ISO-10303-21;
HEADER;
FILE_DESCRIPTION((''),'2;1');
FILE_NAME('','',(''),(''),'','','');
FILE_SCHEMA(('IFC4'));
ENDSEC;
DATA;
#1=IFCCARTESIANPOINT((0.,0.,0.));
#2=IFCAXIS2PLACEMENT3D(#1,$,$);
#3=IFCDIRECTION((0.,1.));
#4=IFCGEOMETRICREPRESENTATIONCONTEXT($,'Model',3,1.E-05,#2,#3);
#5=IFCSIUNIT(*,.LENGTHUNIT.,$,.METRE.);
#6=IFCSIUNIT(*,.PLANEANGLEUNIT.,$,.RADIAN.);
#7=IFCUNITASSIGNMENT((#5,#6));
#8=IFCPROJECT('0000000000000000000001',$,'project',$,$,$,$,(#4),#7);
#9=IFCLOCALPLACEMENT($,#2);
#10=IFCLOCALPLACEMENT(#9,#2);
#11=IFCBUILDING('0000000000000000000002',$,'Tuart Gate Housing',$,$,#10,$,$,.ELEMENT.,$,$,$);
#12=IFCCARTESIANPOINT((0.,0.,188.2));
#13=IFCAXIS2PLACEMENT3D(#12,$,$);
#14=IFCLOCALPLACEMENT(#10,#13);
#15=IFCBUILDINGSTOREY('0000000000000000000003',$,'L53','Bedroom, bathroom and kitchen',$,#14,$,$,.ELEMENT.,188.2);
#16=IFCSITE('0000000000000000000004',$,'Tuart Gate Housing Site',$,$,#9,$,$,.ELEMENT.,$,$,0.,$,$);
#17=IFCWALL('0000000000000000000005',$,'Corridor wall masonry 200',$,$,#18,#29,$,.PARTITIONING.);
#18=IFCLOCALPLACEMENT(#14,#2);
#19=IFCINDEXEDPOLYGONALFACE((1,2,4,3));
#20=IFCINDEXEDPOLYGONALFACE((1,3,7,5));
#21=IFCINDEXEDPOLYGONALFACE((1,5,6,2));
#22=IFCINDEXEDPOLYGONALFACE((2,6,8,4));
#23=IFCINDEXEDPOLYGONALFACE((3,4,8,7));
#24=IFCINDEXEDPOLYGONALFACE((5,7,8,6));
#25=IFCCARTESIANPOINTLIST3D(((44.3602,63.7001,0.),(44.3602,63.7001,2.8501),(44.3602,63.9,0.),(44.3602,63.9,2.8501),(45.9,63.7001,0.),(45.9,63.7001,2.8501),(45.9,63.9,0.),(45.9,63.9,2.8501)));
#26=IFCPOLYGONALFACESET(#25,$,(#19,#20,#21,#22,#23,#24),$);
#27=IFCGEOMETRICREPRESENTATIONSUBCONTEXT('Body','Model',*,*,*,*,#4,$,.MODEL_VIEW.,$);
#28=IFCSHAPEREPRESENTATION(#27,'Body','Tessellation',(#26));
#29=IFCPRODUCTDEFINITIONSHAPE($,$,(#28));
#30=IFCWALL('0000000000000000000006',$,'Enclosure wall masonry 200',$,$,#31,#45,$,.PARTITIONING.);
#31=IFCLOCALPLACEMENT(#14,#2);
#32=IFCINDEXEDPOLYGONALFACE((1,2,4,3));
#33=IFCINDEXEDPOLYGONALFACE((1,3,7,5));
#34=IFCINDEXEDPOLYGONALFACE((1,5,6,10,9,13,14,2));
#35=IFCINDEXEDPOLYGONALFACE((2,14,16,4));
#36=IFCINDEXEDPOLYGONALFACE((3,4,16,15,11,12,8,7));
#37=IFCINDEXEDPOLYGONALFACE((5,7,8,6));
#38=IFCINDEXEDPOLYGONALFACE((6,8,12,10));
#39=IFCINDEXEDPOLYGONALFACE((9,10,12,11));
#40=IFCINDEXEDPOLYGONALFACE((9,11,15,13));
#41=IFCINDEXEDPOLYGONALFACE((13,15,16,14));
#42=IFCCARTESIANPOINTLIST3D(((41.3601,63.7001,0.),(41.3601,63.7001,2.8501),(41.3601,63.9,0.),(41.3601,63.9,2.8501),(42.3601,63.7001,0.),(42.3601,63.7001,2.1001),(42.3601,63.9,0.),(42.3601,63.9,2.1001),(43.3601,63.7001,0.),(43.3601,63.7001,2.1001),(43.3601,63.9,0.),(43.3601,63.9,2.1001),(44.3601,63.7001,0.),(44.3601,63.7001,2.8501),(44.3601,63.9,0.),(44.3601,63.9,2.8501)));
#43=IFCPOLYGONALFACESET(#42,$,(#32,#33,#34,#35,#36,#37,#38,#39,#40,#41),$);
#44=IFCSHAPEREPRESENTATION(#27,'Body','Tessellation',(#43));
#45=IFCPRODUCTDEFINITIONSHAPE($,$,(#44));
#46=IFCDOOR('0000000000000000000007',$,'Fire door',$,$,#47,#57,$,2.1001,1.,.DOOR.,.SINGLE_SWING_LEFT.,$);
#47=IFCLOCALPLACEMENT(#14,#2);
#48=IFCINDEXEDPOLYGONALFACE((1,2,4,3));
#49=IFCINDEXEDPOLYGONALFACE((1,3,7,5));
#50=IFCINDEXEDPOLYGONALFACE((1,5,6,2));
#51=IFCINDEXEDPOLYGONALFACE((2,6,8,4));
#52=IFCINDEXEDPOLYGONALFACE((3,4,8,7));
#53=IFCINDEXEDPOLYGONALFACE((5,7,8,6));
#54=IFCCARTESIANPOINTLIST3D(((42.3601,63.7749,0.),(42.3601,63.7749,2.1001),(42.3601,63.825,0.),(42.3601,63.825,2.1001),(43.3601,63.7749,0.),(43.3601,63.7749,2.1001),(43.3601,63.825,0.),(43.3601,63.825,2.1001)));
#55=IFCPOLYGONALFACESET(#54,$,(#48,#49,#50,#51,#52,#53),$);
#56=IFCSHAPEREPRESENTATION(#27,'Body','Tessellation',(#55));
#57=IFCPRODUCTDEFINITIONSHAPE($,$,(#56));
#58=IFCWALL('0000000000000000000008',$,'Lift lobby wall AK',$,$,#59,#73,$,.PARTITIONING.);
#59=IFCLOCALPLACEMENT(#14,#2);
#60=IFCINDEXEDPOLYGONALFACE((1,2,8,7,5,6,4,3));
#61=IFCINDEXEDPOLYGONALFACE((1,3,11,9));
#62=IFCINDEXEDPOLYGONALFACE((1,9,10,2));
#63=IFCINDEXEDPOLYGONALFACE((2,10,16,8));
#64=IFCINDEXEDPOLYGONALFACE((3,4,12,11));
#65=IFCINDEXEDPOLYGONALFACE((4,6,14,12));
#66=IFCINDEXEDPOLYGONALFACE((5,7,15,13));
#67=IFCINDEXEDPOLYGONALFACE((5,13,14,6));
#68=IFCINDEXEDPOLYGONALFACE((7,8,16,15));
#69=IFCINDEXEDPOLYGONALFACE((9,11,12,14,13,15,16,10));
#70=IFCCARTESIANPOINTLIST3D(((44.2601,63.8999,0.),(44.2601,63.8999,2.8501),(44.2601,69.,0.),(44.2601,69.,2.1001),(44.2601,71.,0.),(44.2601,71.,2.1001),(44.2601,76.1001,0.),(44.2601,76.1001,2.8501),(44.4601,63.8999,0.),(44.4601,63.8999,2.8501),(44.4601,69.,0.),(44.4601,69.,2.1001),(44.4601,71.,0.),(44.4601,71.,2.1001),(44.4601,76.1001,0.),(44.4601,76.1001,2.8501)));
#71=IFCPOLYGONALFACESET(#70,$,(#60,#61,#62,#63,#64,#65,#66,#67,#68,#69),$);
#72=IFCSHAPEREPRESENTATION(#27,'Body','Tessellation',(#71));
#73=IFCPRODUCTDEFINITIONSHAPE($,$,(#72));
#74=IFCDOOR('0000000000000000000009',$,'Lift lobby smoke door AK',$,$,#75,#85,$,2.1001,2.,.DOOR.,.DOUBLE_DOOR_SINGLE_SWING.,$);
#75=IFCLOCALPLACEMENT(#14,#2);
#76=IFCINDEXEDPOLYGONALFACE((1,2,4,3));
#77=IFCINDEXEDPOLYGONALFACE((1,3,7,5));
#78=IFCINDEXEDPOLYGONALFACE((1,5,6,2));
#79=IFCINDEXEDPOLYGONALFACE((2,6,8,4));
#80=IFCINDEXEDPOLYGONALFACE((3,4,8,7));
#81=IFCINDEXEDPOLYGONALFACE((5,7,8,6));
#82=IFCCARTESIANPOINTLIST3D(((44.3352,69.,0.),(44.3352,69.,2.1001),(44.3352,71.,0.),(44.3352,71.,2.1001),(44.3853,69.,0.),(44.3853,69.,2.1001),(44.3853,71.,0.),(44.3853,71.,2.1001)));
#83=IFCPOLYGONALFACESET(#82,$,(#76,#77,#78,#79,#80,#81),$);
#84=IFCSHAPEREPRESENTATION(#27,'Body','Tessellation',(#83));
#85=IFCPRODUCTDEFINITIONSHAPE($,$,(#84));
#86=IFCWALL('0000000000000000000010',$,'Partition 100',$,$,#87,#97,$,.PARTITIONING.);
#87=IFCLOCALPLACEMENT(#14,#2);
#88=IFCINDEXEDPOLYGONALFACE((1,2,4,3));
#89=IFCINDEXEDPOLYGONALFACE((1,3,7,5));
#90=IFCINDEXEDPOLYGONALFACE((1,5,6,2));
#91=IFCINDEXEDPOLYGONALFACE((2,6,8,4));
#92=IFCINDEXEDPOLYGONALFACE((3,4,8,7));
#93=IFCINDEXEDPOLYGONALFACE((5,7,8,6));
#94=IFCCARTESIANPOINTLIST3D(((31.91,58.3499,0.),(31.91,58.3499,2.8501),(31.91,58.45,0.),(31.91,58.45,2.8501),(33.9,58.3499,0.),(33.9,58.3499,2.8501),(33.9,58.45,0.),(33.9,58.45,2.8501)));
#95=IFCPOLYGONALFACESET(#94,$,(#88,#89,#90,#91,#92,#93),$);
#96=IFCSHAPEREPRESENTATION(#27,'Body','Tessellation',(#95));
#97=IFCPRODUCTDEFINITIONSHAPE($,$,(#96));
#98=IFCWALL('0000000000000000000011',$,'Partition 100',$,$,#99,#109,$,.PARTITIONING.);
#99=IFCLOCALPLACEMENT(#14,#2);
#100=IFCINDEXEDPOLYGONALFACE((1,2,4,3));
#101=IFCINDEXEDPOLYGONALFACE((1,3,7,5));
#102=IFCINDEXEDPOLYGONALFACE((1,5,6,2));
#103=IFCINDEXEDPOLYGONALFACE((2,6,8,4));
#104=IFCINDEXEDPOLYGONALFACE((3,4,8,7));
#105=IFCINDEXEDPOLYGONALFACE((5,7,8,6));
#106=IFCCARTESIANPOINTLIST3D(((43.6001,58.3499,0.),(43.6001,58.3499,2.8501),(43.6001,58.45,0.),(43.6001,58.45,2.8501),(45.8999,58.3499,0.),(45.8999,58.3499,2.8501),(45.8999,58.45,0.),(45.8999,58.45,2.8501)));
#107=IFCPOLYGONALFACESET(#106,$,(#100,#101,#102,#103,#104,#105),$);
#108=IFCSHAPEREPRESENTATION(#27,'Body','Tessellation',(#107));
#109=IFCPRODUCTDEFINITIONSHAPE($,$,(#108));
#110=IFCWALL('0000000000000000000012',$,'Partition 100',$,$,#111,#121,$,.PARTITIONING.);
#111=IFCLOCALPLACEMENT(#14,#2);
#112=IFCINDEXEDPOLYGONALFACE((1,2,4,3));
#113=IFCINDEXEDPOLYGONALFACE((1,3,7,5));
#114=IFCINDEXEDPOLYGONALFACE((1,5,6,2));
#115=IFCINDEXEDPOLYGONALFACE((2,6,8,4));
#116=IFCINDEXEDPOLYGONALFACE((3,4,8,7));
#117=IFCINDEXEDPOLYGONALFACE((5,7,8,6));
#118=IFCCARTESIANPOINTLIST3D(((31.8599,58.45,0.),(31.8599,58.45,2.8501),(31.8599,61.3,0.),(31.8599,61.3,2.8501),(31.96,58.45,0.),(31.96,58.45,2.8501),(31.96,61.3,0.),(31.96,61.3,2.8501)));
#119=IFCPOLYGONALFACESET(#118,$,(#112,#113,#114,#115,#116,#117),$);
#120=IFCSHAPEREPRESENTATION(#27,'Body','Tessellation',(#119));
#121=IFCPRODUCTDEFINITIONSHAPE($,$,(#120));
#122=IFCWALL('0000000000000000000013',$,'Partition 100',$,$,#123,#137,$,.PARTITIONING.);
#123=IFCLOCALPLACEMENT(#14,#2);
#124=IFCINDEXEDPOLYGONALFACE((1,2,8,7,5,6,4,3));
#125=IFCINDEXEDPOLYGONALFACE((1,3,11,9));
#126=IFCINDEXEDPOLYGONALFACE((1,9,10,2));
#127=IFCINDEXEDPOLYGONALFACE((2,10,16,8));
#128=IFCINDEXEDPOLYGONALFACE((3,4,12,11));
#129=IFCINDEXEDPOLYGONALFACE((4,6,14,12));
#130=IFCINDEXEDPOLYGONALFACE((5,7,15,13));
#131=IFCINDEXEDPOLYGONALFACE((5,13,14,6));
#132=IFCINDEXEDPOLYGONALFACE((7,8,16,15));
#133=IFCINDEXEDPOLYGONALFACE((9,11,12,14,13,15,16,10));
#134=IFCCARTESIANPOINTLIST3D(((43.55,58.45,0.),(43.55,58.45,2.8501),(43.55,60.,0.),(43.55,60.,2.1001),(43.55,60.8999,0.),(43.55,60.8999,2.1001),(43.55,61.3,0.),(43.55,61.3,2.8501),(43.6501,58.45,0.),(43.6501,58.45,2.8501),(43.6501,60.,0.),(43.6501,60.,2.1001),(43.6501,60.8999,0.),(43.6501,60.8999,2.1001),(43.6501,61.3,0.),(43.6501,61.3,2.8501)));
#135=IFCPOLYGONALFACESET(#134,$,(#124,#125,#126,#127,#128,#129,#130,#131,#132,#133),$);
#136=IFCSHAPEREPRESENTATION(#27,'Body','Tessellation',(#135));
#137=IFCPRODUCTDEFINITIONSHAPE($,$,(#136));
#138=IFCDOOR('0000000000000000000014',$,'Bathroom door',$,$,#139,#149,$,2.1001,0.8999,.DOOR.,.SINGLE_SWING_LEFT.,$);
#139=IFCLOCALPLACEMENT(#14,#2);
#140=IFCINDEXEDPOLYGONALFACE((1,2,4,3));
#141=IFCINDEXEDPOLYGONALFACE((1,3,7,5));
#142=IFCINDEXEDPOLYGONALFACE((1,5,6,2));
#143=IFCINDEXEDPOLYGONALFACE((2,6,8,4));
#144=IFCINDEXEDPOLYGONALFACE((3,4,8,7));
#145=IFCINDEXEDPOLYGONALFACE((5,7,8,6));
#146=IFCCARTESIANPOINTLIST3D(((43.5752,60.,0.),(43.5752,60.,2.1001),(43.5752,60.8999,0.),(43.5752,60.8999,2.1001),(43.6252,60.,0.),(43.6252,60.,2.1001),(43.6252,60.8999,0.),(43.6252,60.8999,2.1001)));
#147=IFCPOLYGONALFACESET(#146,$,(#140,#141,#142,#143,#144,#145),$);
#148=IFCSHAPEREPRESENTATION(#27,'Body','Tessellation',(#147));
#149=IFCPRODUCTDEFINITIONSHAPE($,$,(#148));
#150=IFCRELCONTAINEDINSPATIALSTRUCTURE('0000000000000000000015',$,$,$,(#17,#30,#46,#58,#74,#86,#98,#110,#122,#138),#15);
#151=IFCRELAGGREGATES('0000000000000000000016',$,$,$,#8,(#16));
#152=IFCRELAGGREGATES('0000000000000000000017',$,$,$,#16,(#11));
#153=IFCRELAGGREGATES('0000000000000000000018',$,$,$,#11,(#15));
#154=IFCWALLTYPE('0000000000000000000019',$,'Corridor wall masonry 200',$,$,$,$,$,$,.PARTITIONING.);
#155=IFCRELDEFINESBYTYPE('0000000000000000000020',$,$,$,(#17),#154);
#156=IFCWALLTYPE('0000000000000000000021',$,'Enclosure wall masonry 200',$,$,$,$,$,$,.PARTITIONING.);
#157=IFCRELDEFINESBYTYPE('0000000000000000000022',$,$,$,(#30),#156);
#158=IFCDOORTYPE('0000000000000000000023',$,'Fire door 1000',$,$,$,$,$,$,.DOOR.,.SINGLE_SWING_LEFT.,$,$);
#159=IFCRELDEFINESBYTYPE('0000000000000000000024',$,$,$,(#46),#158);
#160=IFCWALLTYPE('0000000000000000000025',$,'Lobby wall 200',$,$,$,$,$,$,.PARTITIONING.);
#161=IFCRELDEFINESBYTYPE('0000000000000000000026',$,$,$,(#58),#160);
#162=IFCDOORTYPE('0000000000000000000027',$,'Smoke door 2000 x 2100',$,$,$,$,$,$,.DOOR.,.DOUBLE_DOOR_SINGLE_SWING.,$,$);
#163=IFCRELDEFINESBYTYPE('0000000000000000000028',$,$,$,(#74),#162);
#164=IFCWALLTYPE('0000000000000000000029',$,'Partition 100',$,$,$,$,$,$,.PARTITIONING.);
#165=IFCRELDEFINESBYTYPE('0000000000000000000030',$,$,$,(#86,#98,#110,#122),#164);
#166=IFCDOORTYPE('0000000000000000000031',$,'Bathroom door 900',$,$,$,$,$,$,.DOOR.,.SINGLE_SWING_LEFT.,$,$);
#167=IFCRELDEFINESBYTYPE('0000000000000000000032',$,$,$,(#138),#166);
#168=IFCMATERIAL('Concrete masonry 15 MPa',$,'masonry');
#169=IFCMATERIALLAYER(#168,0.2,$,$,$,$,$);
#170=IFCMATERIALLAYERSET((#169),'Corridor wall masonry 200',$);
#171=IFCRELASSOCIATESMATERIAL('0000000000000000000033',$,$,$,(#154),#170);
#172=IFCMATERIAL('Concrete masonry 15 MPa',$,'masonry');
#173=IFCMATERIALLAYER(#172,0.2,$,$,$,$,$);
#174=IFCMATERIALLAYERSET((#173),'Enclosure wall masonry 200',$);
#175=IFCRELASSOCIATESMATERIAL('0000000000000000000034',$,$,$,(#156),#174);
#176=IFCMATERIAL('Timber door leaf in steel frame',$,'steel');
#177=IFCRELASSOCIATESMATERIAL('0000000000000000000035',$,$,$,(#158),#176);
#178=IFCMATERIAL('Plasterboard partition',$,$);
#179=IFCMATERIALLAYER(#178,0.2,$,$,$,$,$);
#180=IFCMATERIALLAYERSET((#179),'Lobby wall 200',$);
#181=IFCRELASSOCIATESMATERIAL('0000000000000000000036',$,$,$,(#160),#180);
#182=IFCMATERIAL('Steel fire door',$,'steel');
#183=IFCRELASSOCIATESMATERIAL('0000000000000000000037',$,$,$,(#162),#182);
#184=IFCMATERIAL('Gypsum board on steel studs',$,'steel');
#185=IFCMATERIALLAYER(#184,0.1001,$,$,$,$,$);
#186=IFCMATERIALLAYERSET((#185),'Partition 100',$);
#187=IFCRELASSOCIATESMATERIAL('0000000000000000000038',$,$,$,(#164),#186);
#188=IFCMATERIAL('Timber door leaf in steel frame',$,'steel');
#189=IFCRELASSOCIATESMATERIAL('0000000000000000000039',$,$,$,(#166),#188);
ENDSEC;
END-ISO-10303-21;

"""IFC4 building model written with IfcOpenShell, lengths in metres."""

from ifc_helpers import new_model, si_unit, direction, frame, frame_2d, origin, place, context, subcontext, project, spatial, rectangle, extrude, material, layer, layer_set, type_object, element, fill, save


model = new_model("IFC4")

# Units and contexts
model_context = context("Model", 3, precision=1e-05, world=origin(), true_north=direction((0.0, 1.0)))
body_context = subcontext(model_context, "Body", "Model", "MODEL_VIEW")
ifc_project = project(units=[si_unit("LENGTHUNIT", "METRE"), si_unit("PLANEANGLEUNIT", "RADIAN")], contexts=[model_context])

# Site, building, storey
site_placement = place(None, origin())
site = spatial("IfcSite", under=ifc_project, at=site_placement, Name="Tuart Gate Housing Site", CompositionType="ELEMENT", RefElevation=0.0)
building_placement = place(site_placement, origin())
building = spatial("IfcBuilding", under=site, at=building_placement, Name="Tuart Gate Housing", CompositionType="ELEMENT")
storey_placement = place(building_placement, frame((0.0, 0.0, 188.2)))
storey = spatial("IfcBuildingStorey", under=building, at=storey_placement, Name="L53", Description="Bedroom, bathroom and kitchen", CompositionType="ELEMENT", Elevation=188.2)

# Shared definitions
ifc_material_1 = material(Name="Concrete masonry 15 MPa", Category="masonry")
ifc_layer_1 = layer(ifc_material_1, 0.2)
ifc_layer_set_1 = layer_set([ifc_layer_1], Name="Corridor wall masonry 200")
wall_type_1 = type_object("IfcWallType", Name="Corridor wall masonry 200", PredefinedType="PARTITIONING", material=ifc_layer_set_1)

# Wall
wall_1_placement = place(storey_placement, frame((44.3601, 63.8, 0.0), z_axis=(0.0, 0.0, 1.0), x_axis=(1.0, 0.0, 0.0)))
element("IfcWall", 1, at=wall_1_placement, inside=storey, type_object=wall_type_1, Name="Corridor wall masonry 200", PredefinedType="PARTITIONING", context=body_context, shape_type="SweptSolid", body=[
    extrude(rectangle(XDim=1.5398, YDim=0.2, at=frame_2d((0.77, 0.0))), origin(), (0.0, 0.0, 1.0), 2.8501),
])

# Walls, openings, doors
ifc_material_2 = material(Name="Concrete masonry 15 MPa", Category="masonry")
ifc_layer_2 = layer(ifc_material_2, 0.2)
ifc_layer_set_2 = layer_set([ifc_layer_2], Name="Enclosure wall masonry 200")
wall_type_2 = type_object("IfcWallType", Name="Enclosure wall masonry 200", PredefinedType="PARTITIONING", material=ifc_layer_set_2)
wall_2_placement = place(storey_placement, frame((41.3601, 63.8, 0.0), z_axis=(0.0, 0.0, 1.0), x_axis=(1.0, 0.0, 0.0)))
wall_2 = element("IfcWall", 2, at=wall_2_placement, inside=storey, type_object=wall_type_2, Name="Enclosure wall masonry 200", PredefinedType="PARTITIONING", context=body_context, shape_type="SweptSolid", body=[
    extrude(rectangle(XDim=3.0, YDim=0.2, at=frame_2d((1.5, 0.0))), origin(), (0.0, 0.0, 1.0), 2.8501),
])
opening_1_placement = place(wall_2_placement, frame((1.0, 0.0, 0.0)))
opening_1 = element("IfcOpeningElement", 3, at=opening_1_placement, cuts=wall_2, PredefinedType="OPENING", context=body_context, shape_type="SweptSolid", body=[
    extrude(rectangle(XDim=1.0, YDim=2.1001, at=frame_2d((0.5, 1.05))), frame((0.0, 0.1099, 0.0), z_axis=(0.0, -1.0, 0.0), x_axis=(1.0, 0.0, 0.0)), (0.0, 0.0, 1.0), 0.22),
])
ifc_material_3 = material(Name="Timber door leaf in steel frame", Category="steel")
door_type_1 = type_object("IfcDoorType", Name="Fire door 1000", OperationType="SINGLE_SWING_LEFT", PredefinedType="DOOR", material=ifc_material_3)
door_1_placement = place(opening_1_placement, frame((1.0, 0.0, 0.0), z_axis=(0.0, 0.0, 1.0), x_axis=(-1.0, 0.0, 0.0)))
door_1 = element("IfcDoor", 4, at=door_1_placement, inside=storey, type_object=door_type_1, Name="Fire door", OperationType="SINGLE_SWING_LEFT", OverallHeight=2.1001, OverallWidth=1.0, PredefinedType="DOOR", context=body_context, shape_type="SweptSolid", body=[
    extrude(rectangle(XDim=1.0, YDim=2.1001, at=frame_2d((0.5, 1.05))), frame((0.0, 0.0251, 0.0), z_axis=(0.0, -1.0, 0.0), x_axis=(1.0, 0.0, 0.0)), (0.0, 0.0, 1.0), 0.05),
])
fill(opening_1, door_1)
ifc_material_4 = material(Name="Plasterboard partition")
ifc_layer_3 = layer(ifc_material_4, 0.2)
ifc_layer_set_3 = layer_set([ifc_layer_3], Name="Lobby wall 200")
wall_type_3 = type_object("IfcWallType", Name="Lobby wall 200", PredefinedType="PARTITIONING", material=ifc_layer_set_3)
wall_3_placement = place(storey_placement, frame((44.3601, 63.8999, 0.0), z_axis=(0.0, 0.0, 1.0), x_axis=(0.0, 1.0, 0.0)))
wall_3 = element("IfcWall", 5, at=wall_3_placement, inside=storey, type_object=wall_type_3, Name="Lift lobby wall AK", PredefinedType="PARTITIONING", context=body_context, shape_type="SweptSolid", body=[
    extrude(rectangle(XDim=12.2002, YDim=0.2, at=frame_2d((6.1001, 0.0))), origin(), (0.0, 0.0, 1.0), 2.8501),
])
opening_2_placement = place(wall_3_placement, frame((5.1001, 0.0, 0.0)))
opening_2 = element("IfcOpeningElement", 6, at=opening_2_placement, cuts=wall_3, PredefinedType="OPENING", context=body_context, shape_type="SweptSolid", body=[
    extrude(rectangle(XDim=2.0, YDim=2.1001, at=frame_2d((1.0, 1.05))), frame((0.0, 0.1099, 0.0), z_axis=(0.0, -1.0, 0.0), x_axis=(1.0, 0.0, 0.0)), (0.0, 0.0, 1.0), 0.22),
])
ifc_material_5 = material(Name="Steel fire door", Category="steel")
door_type_2 = type_object("IfcDoorType", Name="Smoke door 2000 x 2100", OperationType="DOUBLE_DOOR_SINGLE_SWING", PredefinedType="DOOR", material=ifc_material_5)
door_2_placement = place(opening_2_placement, origin())
door_2 = element("IfcDoor", 7, at=door_2_placement, inside=storey, type_object=door_type_2, Name="Lift lobby smoke door AK", OperationType="DOUBLE_DOOR_SINGLE_SWING", OverallHeight=2.1001, OverallWidth=2.0, PredefinedType="DOOR", context=body_context, shape_type="SweptSolid", body=[
    extrude(rectangle(XDim=2.0, YDim=2.1001, at=frame_2d((1.0, 1.05))), frame((0.0, 0.0249, 0.0), z_axis=(0.0, -1.0, 0.0), x_axis=(1.0, 0.0, 0.0)), (0.0, 0.0, 1.0), 0.05),
])
fill(opening_2, door_2)

# Walls
ifc_material_6 = material(Name="Gypsum board on steel studs", Category="steel")
ifc_layer_4 = layer(ifc_material_6, 0.1001)
ifc_layer_set_4 = layer_set([ifc_layer_4], Name="Partition 100")
wall_type_4 = type_object("IfcWallType", Name="Partition 100", PredefinedType="PARTITIONING", material=ifc_layer_set_4)
wall_4_placement = place(storey_placement, frame((31.9099, 58.3999, 0.0), z_axis=(0.0, 0.0, 1.0), x_axis=(1.0, 0.0, 0.0)))
element("IfcWall", 8, at=wall_4_placement, inside=storey, type_object=wall_type_4, Name="Partition 100", PredefinedType="PARTITIONING", context=body_context, shape_type="SweptSolid", body=[
    extrude(rectangle(XDim=1.99, YDim=0.1001, at=frame_2d((0.9951, 0.0))), origin(), (0.0, 0.0, 1.0), 2.8501),
])
wall_5_placement = place(storey_placement, frame((43.6001, 58.3999, 0.0), z_axis=(0.0, 0.0, 1.0), x_axis=(1.0, 0.0, 0.0)))
element("IfcWall", 9, at=wall_5_placement, inside=storey, type_object=wall_type_4, Name="Partition 100", PredefinedType="PARTITIONING", context=body_context, shape_type="SweptSolid", body=[
    extrude(rectangle(XDim=2.2998, YDim=0.1001, at=frame_2d((1.1499, 0.0))), origin(), (0.0, 0.0, 1.0), 2.8501),
])
wall_6_placement = place(storey_placement, frame((31.9099, 58.45, 0.0), z_axis=(0.0, 0.0, 1.0), x_axis=(0.0, 1.0, 0.0)))
element("IfcWall", 10, at=wall_6_placement, inside=storey, type_object=wall_type_4, Name="Partition 100", PredefinedType="PARTITIONING", context=body_context, shape_type="SweptSolid", body=[
    extrude(rectangle(XDim=2.8501, YDim=0.1001, at=frame_2d((1.425, 0.0))), origin(), (0.0, 0.0, 1.0), 2.8501),
])

# Wall, opening, door
wall_7_placement = place(storey_placement, frame((43.6001, 58.45, 0.0), z_axis=(0.0, 0.0, 1.0), x_axis=(0.0, 1.0, 0.0)))
wall_7 = element("IfcWall", 11, at=wall_7_placement, inside=storey, type_object=wall_type_4, Name="Partition 100", PredefinedType="PARTITIONING", context=body_context, shape_type="SweptSolid", body=[
    extrude(rectangle(XDim=2.8501, YDim=0.1001, at=frame_2d((1.425, 0.0))), origin(), (0.0, 0.0, 1.0), 2.8501),
])
opening_3_placement = place(wall_7_placement, frame((1.55, 0.0, 0.0)))
opening_3 = element("IfcOpeningElement", 12, at=opening_3_placement, cuts=wall_7, PredefinedType="OPENING", context=body_context, shape_type="SweptSolid", body=[
    extrude(rectangle(XDim=0.8999, YDim=2.1001, at=frame_2d((0.45, 1.05))), frame((0.0, 0.0601, 0.0), z_axis=(0.0, -1.0, 0.0), x_axis=(1.0, 0.0, 0.0)), (0.0, 0.0, 1.0), 0.1201),
])
ifc_material_7 = material(Name="Timber door leaf in steel frame", Category="steel")
door_type_3 = type_object("IfcDoorType", Name="Bathroom door 900", OperationType="SINGLE_SWING_LEFT", PredefinedType="DOOR", material=ifc_material_7)
door_3_placement = place(opening_3_placement, frame((0.8999, 0.0, 0.0), z_axis=(0.0, 0.0, 1.0), x_axis=(-1.0, 0.0, 0.0)))
door_3 = element("IfcDoor", 13, at=door_3_placement, inside=storey, type_object=door_type_3, Name="Bathroom door", OperationType="SINGLE_SWING_LEFT", OverallHeight=2.1001, OverallWidth=0.8999, PredefinedType="DOOR", context=body_context, shape_type="SweptSolid", body=[
    extrude(rectangle(XDim=0.8999, YDim=2.1001, at=frame_2d((0.45, 1.05))), frame((0.0, 0.0251, 0.0), z_axis=(0.0, -1.0, 0.0), x_axis=(1.0, 0.0, 0.0)), (0.0, 0.0, 1.0), 0.05),
])
fill(opening_3, door_3)

save(model, "model.ifc")
